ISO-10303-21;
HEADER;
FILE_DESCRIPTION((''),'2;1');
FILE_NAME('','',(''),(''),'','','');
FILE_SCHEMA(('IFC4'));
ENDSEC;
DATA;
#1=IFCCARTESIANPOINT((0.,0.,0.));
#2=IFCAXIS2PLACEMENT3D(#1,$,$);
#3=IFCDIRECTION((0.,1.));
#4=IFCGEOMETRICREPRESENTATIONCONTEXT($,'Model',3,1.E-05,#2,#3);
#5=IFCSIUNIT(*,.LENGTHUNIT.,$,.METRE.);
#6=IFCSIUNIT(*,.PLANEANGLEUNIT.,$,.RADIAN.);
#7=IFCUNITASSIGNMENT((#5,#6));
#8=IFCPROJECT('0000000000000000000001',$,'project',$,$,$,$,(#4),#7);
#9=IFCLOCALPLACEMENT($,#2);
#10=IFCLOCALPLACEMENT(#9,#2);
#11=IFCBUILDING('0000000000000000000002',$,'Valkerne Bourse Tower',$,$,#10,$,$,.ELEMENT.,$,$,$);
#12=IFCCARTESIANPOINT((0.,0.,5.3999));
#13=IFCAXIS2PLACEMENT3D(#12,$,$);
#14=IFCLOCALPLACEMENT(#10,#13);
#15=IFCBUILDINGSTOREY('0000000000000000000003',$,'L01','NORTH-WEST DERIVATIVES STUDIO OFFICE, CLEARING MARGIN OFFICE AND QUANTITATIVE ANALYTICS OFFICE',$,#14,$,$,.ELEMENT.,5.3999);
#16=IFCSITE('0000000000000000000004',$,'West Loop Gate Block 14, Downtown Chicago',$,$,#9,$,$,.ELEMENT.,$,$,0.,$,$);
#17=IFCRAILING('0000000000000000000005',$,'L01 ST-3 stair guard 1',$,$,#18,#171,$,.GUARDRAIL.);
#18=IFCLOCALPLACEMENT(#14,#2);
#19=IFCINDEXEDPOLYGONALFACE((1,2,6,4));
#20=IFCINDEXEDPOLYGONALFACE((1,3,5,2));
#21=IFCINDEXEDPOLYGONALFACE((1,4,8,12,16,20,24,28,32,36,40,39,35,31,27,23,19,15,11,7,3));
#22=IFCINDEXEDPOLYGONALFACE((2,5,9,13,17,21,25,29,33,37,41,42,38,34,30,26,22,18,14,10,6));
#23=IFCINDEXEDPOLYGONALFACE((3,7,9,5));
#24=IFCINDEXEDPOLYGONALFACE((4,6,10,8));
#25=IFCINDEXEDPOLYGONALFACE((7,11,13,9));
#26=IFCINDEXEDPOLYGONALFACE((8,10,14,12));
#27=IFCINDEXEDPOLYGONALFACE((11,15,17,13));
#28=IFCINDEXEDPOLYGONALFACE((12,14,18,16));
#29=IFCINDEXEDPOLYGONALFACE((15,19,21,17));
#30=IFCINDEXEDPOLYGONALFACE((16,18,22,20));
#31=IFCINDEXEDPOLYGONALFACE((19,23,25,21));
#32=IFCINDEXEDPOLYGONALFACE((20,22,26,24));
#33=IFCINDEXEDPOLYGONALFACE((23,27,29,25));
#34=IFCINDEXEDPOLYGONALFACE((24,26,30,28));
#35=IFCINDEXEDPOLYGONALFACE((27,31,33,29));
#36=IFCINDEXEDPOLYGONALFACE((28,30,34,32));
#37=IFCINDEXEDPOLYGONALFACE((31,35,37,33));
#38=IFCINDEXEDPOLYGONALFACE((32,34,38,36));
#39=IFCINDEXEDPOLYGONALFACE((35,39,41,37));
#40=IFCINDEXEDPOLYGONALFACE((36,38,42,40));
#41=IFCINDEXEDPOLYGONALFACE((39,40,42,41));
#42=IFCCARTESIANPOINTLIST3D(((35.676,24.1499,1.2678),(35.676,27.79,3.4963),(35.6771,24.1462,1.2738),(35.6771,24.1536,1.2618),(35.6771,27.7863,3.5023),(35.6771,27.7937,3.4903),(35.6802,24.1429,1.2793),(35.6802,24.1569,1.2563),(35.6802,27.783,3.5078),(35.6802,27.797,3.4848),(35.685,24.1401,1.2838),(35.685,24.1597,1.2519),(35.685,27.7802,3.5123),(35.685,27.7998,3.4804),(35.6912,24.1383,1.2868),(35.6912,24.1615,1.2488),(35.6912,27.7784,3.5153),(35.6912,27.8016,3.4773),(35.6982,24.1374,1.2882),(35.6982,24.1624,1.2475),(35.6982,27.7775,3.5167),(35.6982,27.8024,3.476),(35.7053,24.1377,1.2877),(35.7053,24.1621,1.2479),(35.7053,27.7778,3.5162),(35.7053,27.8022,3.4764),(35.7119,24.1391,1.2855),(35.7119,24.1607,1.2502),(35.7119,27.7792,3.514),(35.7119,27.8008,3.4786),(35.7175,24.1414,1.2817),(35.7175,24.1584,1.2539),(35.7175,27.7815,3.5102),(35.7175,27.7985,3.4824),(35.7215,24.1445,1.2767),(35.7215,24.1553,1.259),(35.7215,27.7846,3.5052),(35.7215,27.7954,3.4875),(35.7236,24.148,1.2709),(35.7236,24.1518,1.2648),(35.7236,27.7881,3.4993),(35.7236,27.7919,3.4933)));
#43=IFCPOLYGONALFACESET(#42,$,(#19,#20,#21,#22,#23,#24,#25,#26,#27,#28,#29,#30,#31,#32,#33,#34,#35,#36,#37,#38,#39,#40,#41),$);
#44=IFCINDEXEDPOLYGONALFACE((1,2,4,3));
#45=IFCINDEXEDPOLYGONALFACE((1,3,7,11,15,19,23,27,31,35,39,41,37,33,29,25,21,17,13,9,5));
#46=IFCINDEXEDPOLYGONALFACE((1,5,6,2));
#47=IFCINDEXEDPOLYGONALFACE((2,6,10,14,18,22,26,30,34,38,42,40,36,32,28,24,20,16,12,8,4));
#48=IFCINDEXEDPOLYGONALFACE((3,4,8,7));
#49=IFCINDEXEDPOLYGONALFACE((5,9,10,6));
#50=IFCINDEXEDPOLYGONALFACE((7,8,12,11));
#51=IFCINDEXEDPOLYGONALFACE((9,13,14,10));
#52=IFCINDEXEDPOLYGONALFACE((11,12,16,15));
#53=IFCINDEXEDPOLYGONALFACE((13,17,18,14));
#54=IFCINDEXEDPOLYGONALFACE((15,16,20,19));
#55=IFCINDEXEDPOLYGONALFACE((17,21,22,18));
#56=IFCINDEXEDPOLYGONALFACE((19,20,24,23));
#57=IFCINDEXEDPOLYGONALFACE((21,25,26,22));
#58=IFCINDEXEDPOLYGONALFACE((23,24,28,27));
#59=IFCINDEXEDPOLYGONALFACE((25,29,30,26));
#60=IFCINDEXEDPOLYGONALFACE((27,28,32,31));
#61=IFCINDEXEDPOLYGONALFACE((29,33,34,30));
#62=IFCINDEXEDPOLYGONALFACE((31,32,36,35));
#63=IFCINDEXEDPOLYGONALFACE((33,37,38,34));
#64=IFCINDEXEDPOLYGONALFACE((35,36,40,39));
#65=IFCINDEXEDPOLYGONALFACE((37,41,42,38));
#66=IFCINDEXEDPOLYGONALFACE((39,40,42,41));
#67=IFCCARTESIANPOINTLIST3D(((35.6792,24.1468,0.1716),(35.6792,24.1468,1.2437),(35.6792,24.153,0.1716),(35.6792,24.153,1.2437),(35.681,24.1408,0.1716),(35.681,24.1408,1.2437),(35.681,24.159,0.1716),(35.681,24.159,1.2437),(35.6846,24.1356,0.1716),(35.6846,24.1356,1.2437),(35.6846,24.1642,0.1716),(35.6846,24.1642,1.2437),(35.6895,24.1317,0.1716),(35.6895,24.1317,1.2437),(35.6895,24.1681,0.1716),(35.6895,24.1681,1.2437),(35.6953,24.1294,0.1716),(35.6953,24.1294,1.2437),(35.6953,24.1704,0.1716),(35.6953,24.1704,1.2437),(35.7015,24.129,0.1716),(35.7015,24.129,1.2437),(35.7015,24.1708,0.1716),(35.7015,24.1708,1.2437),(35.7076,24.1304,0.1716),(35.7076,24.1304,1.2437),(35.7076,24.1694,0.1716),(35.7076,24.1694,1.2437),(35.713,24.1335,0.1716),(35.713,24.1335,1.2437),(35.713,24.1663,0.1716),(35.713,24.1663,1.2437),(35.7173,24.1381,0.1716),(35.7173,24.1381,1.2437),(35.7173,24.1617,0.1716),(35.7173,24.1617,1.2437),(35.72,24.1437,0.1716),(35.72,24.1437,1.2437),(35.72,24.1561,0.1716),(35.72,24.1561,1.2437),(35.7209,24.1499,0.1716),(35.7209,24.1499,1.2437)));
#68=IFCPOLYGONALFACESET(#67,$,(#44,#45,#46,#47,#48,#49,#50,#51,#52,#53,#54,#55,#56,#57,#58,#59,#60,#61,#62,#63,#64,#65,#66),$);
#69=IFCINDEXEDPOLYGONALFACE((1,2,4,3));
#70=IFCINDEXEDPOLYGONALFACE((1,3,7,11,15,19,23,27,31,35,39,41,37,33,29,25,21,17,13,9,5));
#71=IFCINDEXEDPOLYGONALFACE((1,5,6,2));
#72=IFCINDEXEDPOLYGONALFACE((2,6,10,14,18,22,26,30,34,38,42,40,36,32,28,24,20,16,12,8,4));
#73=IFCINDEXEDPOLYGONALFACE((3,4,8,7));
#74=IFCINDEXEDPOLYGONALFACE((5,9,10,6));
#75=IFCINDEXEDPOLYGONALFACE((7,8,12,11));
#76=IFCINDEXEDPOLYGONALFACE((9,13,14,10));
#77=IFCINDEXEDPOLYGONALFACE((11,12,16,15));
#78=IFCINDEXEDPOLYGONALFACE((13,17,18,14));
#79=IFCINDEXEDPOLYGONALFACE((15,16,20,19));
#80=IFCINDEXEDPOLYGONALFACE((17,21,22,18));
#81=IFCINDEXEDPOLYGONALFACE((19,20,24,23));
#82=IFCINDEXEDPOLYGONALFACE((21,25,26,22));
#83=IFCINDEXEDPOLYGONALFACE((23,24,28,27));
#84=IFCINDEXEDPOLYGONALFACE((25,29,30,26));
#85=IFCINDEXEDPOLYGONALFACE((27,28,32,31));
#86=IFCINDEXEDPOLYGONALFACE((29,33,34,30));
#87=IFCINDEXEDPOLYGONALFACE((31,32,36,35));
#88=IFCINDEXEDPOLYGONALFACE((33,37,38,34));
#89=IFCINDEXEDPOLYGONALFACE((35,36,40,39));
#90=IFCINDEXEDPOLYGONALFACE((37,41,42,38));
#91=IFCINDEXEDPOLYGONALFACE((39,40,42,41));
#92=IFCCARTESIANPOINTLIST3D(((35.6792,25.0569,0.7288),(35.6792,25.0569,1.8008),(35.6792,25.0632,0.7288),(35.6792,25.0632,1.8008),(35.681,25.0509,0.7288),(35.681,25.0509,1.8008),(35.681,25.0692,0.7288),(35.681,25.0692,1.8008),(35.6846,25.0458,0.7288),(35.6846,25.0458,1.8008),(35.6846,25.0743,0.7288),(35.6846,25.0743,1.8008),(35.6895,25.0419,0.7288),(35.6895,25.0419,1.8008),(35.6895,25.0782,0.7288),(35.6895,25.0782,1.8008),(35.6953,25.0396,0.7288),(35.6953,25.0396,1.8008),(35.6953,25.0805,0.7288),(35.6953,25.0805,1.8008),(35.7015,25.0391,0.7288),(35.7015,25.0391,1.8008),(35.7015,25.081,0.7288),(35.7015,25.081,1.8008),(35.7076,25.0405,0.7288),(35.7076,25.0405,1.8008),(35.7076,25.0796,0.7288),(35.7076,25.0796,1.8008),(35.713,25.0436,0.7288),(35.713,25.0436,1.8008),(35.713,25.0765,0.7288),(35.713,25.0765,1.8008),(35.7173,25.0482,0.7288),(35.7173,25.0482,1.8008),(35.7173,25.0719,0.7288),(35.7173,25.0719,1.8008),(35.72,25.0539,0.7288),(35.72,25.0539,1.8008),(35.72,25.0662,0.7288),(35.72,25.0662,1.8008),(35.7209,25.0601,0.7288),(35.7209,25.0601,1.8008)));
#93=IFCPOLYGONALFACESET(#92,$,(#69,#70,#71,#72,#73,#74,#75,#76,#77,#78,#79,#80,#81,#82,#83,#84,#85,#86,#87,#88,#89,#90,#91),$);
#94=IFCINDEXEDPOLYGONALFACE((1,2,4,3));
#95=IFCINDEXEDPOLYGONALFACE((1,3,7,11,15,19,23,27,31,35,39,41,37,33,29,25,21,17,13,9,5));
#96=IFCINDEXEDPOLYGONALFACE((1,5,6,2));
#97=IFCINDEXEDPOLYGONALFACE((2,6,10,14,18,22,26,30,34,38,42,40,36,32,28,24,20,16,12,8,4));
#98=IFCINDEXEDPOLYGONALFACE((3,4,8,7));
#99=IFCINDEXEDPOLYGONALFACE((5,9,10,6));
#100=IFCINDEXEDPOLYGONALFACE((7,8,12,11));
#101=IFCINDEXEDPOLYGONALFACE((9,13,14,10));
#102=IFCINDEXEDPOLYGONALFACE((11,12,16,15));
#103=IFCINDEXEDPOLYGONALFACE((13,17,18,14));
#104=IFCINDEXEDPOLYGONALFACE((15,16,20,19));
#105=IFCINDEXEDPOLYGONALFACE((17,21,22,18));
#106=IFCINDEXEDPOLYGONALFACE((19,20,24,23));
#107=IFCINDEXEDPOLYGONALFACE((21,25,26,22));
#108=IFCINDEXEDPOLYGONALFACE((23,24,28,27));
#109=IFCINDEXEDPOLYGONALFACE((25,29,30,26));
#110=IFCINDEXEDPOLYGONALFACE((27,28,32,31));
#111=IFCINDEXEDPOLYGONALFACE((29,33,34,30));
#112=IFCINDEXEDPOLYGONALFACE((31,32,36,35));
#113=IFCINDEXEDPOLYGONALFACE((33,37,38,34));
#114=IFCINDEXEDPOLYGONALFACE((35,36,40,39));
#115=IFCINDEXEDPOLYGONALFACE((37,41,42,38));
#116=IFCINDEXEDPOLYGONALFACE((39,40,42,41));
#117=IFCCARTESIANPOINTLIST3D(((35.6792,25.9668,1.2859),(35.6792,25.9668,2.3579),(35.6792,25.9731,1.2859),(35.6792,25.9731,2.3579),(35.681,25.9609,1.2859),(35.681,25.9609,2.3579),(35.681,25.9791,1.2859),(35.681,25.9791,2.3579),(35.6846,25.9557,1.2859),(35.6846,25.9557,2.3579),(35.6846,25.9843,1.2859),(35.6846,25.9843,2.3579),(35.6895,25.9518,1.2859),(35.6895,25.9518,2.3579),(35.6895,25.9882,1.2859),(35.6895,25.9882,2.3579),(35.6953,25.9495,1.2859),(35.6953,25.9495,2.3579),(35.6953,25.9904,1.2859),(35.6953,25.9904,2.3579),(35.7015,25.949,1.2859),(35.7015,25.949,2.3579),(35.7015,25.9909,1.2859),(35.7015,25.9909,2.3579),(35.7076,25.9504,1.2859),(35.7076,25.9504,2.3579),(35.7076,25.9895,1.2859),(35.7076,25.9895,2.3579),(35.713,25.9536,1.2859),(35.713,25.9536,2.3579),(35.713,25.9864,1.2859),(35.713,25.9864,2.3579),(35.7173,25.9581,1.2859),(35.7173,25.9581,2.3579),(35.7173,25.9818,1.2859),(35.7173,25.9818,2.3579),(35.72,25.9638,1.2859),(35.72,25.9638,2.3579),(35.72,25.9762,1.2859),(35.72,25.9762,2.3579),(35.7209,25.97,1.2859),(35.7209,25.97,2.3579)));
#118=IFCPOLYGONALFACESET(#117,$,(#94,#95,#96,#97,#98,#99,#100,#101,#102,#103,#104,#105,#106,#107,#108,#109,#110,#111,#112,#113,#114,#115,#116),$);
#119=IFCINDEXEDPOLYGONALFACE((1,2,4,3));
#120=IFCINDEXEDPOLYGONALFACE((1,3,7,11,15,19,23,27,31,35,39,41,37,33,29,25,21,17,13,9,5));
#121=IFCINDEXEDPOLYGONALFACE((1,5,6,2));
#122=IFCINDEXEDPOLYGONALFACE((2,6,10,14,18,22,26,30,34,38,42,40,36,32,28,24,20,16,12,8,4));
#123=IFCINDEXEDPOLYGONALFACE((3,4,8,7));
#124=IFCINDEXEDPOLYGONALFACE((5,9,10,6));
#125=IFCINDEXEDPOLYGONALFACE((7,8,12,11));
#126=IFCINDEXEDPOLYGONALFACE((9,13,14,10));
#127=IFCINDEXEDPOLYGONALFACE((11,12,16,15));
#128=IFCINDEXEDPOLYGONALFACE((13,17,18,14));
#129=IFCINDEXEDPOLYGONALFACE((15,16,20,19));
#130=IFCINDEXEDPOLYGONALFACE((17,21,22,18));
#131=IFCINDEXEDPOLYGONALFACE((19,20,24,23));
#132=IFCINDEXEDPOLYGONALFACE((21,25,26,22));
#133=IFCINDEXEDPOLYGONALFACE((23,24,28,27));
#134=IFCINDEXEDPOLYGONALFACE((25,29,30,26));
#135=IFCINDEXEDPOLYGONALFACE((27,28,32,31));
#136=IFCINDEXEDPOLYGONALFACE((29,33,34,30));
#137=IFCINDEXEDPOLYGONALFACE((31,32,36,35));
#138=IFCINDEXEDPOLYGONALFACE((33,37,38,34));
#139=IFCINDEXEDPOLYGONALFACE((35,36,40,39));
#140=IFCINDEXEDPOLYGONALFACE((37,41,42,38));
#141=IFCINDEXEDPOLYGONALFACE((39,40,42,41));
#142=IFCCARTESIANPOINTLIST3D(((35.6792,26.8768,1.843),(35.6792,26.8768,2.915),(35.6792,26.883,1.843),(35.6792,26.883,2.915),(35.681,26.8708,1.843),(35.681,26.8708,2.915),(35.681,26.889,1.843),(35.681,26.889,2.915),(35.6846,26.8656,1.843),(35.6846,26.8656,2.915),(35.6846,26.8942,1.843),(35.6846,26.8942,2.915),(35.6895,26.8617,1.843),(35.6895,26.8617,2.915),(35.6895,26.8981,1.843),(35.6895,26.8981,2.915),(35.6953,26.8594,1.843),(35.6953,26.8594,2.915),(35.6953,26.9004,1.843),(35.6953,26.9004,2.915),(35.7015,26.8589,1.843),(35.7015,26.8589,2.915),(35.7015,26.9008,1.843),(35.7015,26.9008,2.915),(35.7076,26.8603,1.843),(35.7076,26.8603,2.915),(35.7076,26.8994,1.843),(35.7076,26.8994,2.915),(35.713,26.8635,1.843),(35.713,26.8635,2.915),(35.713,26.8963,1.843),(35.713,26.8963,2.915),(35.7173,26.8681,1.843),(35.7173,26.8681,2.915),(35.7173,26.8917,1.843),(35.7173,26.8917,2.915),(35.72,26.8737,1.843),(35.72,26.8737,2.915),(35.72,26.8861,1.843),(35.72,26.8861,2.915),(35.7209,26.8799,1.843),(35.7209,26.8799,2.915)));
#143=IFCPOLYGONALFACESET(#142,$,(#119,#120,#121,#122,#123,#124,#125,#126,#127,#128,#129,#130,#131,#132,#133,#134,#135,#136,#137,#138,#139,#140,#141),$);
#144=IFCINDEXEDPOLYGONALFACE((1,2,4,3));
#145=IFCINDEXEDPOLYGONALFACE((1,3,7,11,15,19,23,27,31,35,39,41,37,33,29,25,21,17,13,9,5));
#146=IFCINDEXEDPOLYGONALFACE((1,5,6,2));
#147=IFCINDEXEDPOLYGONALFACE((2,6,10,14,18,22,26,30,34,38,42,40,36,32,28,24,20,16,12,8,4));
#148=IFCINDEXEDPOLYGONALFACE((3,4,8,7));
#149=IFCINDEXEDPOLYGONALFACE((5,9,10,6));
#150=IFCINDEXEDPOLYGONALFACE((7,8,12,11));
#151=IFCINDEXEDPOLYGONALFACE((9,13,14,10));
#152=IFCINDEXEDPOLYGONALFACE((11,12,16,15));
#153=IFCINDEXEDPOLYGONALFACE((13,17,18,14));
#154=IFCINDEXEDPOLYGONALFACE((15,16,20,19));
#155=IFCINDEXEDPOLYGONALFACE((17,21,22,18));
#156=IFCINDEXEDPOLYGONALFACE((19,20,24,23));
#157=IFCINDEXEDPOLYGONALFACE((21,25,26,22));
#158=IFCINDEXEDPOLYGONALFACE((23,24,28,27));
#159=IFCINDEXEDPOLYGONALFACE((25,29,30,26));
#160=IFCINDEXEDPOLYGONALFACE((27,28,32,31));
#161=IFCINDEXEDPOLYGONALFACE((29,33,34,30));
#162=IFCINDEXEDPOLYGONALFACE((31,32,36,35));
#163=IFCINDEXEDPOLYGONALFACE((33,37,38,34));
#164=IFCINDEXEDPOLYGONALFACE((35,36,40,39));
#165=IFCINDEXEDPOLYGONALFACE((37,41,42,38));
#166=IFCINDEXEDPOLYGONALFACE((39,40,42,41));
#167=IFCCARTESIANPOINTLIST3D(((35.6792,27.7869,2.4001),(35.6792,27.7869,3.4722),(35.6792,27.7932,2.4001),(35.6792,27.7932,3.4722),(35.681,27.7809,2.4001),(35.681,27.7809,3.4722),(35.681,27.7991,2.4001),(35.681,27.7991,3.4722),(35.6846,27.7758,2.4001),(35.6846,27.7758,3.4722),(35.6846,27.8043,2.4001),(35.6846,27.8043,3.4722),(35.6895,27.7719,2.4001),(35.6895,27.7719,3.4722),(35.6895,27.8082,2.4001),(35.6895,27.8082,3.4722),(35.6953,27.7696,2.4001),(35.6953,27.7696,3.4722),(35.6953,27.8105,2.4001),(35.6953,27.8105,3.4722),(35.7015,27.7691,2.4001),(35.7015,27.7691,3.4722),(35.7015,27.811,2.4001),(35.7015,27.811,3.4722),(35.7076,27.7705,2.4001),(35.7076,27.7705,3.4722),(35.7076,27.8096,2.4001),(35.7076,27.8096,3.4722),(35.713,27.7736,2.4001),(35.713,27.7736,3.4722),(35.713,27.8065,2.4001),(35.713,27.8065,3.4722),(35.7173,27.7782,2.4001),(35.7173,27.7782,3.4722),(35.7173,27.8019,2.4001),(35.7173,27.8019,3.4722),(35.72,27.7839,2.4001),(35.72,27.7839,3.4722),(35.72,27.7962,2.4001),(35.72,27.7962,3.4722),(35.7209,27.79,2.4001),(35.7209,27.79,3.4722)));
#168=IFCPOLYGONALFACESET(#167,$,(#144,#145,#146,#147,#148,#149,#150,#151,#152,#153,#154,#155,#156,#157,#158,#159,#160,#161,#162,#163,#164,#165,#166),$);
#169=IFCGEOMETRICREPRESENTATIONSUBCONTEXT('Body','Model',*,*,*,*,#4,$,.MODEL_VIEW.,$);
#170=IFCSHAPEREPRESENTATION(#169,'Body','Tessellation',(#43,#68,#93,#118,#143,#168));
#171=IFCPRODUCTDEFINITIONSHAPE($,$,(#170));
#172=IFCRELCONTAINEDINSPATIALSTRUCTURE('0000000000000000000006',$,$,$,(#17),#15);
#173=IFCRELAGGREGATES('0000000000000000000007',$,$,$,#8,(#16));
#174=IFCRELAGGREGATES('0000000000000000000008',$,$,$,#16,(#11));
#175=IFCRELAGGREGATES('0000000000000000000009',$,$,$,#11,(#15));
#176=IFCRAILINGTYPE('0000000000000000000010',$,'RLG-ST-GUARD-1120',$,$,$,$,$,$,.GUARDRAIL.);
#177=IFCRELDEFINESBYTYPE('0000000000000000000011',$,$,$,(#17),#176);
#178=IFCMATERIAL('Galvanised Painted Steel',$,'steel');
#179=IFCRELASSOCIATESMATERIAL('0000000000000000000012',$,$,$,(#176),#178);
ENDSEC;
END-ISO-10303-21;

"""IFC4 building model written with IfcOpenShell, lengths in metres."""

from ifc_helpers import new_model, si_unit, direction, frame, origin, origin_2d, place, context, subcontext, project, spatial, circle, extrude, material, type_object, element, save


model = new_model("IFC4")

# Units and contexts
model_context = context("Model", 3, precision=1e-05, world=origin(), true_north=direction((0.0, 1.0)))
body_context = subcontext(model_context, "Body", "Model", "MODEL_VIEW")
ifc_project = project(units=[si_unit("LENGTHUNIT", "METRE"), si_unit("PLANEANGLEUNIT", "RADIAN")], contexts=[model_context])

# Site, building, storey
site_placement = place(None, origin())
site = spatial("IfcSite", under=ifc_project, at=site_placement, Name="West Loop Gate Block 14, Downtown Chicago", CompositionType="ELEMENT", RefElevation=0.0)
building_placement = place(site_placement, origin())
building = spatial("IfcBuilding", under=site, at=building_placement, Name="Valkerne Bourse Tower", CompositionType="ELEMENT")
storey_placement = place(building_placement, frame((0.0, 0.0, 5.3999)))
storey = spatial("IfcBuildingStorey", under=building, at=storey_placement, Name="L01", Description="NORTH-WEST DERIVATIVES STUDIO OFFICE, CLEARING MARGIN OFFICE AND QUANTITATIVE ANALYTICS OFFICE", CompositionType="ELEMENT", Elevation=5.3999)

# Shared definitions
ifc_material_1 = material(Name="Galvanised Painted Steel", Category="steel")

# Railing
railing_type_1 = type_object("IfcRailingType", Name="RLG-ST-GUARD-1120", PredefinedType="GUARDRAIL", material=ifc_material_1)
railing_1_placement = place(storey_placement, frame((35.7, 24.1499, 0.1716)))
element("IfcRailing", 1, at=railing_1_placement, inside=storey, type_object=railing_type_1, Name="L01 ST-3 stair guard 1", PredefinedType="GUARDRAIL", context=body_context, shape_type="SweptSolid", body=[
    extrude(circle(Radius=0.0239, at=origin_2d()), frame((0.0, 0.0, 1.0962), z_axis=(0.0, 0.852866, 0.52213), x_axis=(-1.0, 0.0, 0.0)), (0.0, 0.0, 1.0), 4.2681),
    extrude(circle(Radius=0.021, at=origin_2d()), origin(), (0.0, 0.0, 1.0), 1.072),
    extrude(circle(Radius=0.021, at=origin_2d()), frame((0.0, 0.9102, 0.5571)), (0.0, 0.0, 1.0), 1.072),
    extrude(circle(Radius=0.021, at=origin_2d()), frame((0.0, 1.8201, 1.1143)), (0.0, 0.0, 1.0), 1.072),
    extrude(circle(Radius=0.021, at=origin_2d()), frame((0.0, 2.73, 1.6714)), (0.0, 0.0, 1.0), 1.072),
    extrude(circle(Radius=0.021, at=origin_2d()), frame((0.0, 3.6401, 2.2285)), (0.0, 0.0, 1.0), 1.072),
])

save(model, "model.ifc")
